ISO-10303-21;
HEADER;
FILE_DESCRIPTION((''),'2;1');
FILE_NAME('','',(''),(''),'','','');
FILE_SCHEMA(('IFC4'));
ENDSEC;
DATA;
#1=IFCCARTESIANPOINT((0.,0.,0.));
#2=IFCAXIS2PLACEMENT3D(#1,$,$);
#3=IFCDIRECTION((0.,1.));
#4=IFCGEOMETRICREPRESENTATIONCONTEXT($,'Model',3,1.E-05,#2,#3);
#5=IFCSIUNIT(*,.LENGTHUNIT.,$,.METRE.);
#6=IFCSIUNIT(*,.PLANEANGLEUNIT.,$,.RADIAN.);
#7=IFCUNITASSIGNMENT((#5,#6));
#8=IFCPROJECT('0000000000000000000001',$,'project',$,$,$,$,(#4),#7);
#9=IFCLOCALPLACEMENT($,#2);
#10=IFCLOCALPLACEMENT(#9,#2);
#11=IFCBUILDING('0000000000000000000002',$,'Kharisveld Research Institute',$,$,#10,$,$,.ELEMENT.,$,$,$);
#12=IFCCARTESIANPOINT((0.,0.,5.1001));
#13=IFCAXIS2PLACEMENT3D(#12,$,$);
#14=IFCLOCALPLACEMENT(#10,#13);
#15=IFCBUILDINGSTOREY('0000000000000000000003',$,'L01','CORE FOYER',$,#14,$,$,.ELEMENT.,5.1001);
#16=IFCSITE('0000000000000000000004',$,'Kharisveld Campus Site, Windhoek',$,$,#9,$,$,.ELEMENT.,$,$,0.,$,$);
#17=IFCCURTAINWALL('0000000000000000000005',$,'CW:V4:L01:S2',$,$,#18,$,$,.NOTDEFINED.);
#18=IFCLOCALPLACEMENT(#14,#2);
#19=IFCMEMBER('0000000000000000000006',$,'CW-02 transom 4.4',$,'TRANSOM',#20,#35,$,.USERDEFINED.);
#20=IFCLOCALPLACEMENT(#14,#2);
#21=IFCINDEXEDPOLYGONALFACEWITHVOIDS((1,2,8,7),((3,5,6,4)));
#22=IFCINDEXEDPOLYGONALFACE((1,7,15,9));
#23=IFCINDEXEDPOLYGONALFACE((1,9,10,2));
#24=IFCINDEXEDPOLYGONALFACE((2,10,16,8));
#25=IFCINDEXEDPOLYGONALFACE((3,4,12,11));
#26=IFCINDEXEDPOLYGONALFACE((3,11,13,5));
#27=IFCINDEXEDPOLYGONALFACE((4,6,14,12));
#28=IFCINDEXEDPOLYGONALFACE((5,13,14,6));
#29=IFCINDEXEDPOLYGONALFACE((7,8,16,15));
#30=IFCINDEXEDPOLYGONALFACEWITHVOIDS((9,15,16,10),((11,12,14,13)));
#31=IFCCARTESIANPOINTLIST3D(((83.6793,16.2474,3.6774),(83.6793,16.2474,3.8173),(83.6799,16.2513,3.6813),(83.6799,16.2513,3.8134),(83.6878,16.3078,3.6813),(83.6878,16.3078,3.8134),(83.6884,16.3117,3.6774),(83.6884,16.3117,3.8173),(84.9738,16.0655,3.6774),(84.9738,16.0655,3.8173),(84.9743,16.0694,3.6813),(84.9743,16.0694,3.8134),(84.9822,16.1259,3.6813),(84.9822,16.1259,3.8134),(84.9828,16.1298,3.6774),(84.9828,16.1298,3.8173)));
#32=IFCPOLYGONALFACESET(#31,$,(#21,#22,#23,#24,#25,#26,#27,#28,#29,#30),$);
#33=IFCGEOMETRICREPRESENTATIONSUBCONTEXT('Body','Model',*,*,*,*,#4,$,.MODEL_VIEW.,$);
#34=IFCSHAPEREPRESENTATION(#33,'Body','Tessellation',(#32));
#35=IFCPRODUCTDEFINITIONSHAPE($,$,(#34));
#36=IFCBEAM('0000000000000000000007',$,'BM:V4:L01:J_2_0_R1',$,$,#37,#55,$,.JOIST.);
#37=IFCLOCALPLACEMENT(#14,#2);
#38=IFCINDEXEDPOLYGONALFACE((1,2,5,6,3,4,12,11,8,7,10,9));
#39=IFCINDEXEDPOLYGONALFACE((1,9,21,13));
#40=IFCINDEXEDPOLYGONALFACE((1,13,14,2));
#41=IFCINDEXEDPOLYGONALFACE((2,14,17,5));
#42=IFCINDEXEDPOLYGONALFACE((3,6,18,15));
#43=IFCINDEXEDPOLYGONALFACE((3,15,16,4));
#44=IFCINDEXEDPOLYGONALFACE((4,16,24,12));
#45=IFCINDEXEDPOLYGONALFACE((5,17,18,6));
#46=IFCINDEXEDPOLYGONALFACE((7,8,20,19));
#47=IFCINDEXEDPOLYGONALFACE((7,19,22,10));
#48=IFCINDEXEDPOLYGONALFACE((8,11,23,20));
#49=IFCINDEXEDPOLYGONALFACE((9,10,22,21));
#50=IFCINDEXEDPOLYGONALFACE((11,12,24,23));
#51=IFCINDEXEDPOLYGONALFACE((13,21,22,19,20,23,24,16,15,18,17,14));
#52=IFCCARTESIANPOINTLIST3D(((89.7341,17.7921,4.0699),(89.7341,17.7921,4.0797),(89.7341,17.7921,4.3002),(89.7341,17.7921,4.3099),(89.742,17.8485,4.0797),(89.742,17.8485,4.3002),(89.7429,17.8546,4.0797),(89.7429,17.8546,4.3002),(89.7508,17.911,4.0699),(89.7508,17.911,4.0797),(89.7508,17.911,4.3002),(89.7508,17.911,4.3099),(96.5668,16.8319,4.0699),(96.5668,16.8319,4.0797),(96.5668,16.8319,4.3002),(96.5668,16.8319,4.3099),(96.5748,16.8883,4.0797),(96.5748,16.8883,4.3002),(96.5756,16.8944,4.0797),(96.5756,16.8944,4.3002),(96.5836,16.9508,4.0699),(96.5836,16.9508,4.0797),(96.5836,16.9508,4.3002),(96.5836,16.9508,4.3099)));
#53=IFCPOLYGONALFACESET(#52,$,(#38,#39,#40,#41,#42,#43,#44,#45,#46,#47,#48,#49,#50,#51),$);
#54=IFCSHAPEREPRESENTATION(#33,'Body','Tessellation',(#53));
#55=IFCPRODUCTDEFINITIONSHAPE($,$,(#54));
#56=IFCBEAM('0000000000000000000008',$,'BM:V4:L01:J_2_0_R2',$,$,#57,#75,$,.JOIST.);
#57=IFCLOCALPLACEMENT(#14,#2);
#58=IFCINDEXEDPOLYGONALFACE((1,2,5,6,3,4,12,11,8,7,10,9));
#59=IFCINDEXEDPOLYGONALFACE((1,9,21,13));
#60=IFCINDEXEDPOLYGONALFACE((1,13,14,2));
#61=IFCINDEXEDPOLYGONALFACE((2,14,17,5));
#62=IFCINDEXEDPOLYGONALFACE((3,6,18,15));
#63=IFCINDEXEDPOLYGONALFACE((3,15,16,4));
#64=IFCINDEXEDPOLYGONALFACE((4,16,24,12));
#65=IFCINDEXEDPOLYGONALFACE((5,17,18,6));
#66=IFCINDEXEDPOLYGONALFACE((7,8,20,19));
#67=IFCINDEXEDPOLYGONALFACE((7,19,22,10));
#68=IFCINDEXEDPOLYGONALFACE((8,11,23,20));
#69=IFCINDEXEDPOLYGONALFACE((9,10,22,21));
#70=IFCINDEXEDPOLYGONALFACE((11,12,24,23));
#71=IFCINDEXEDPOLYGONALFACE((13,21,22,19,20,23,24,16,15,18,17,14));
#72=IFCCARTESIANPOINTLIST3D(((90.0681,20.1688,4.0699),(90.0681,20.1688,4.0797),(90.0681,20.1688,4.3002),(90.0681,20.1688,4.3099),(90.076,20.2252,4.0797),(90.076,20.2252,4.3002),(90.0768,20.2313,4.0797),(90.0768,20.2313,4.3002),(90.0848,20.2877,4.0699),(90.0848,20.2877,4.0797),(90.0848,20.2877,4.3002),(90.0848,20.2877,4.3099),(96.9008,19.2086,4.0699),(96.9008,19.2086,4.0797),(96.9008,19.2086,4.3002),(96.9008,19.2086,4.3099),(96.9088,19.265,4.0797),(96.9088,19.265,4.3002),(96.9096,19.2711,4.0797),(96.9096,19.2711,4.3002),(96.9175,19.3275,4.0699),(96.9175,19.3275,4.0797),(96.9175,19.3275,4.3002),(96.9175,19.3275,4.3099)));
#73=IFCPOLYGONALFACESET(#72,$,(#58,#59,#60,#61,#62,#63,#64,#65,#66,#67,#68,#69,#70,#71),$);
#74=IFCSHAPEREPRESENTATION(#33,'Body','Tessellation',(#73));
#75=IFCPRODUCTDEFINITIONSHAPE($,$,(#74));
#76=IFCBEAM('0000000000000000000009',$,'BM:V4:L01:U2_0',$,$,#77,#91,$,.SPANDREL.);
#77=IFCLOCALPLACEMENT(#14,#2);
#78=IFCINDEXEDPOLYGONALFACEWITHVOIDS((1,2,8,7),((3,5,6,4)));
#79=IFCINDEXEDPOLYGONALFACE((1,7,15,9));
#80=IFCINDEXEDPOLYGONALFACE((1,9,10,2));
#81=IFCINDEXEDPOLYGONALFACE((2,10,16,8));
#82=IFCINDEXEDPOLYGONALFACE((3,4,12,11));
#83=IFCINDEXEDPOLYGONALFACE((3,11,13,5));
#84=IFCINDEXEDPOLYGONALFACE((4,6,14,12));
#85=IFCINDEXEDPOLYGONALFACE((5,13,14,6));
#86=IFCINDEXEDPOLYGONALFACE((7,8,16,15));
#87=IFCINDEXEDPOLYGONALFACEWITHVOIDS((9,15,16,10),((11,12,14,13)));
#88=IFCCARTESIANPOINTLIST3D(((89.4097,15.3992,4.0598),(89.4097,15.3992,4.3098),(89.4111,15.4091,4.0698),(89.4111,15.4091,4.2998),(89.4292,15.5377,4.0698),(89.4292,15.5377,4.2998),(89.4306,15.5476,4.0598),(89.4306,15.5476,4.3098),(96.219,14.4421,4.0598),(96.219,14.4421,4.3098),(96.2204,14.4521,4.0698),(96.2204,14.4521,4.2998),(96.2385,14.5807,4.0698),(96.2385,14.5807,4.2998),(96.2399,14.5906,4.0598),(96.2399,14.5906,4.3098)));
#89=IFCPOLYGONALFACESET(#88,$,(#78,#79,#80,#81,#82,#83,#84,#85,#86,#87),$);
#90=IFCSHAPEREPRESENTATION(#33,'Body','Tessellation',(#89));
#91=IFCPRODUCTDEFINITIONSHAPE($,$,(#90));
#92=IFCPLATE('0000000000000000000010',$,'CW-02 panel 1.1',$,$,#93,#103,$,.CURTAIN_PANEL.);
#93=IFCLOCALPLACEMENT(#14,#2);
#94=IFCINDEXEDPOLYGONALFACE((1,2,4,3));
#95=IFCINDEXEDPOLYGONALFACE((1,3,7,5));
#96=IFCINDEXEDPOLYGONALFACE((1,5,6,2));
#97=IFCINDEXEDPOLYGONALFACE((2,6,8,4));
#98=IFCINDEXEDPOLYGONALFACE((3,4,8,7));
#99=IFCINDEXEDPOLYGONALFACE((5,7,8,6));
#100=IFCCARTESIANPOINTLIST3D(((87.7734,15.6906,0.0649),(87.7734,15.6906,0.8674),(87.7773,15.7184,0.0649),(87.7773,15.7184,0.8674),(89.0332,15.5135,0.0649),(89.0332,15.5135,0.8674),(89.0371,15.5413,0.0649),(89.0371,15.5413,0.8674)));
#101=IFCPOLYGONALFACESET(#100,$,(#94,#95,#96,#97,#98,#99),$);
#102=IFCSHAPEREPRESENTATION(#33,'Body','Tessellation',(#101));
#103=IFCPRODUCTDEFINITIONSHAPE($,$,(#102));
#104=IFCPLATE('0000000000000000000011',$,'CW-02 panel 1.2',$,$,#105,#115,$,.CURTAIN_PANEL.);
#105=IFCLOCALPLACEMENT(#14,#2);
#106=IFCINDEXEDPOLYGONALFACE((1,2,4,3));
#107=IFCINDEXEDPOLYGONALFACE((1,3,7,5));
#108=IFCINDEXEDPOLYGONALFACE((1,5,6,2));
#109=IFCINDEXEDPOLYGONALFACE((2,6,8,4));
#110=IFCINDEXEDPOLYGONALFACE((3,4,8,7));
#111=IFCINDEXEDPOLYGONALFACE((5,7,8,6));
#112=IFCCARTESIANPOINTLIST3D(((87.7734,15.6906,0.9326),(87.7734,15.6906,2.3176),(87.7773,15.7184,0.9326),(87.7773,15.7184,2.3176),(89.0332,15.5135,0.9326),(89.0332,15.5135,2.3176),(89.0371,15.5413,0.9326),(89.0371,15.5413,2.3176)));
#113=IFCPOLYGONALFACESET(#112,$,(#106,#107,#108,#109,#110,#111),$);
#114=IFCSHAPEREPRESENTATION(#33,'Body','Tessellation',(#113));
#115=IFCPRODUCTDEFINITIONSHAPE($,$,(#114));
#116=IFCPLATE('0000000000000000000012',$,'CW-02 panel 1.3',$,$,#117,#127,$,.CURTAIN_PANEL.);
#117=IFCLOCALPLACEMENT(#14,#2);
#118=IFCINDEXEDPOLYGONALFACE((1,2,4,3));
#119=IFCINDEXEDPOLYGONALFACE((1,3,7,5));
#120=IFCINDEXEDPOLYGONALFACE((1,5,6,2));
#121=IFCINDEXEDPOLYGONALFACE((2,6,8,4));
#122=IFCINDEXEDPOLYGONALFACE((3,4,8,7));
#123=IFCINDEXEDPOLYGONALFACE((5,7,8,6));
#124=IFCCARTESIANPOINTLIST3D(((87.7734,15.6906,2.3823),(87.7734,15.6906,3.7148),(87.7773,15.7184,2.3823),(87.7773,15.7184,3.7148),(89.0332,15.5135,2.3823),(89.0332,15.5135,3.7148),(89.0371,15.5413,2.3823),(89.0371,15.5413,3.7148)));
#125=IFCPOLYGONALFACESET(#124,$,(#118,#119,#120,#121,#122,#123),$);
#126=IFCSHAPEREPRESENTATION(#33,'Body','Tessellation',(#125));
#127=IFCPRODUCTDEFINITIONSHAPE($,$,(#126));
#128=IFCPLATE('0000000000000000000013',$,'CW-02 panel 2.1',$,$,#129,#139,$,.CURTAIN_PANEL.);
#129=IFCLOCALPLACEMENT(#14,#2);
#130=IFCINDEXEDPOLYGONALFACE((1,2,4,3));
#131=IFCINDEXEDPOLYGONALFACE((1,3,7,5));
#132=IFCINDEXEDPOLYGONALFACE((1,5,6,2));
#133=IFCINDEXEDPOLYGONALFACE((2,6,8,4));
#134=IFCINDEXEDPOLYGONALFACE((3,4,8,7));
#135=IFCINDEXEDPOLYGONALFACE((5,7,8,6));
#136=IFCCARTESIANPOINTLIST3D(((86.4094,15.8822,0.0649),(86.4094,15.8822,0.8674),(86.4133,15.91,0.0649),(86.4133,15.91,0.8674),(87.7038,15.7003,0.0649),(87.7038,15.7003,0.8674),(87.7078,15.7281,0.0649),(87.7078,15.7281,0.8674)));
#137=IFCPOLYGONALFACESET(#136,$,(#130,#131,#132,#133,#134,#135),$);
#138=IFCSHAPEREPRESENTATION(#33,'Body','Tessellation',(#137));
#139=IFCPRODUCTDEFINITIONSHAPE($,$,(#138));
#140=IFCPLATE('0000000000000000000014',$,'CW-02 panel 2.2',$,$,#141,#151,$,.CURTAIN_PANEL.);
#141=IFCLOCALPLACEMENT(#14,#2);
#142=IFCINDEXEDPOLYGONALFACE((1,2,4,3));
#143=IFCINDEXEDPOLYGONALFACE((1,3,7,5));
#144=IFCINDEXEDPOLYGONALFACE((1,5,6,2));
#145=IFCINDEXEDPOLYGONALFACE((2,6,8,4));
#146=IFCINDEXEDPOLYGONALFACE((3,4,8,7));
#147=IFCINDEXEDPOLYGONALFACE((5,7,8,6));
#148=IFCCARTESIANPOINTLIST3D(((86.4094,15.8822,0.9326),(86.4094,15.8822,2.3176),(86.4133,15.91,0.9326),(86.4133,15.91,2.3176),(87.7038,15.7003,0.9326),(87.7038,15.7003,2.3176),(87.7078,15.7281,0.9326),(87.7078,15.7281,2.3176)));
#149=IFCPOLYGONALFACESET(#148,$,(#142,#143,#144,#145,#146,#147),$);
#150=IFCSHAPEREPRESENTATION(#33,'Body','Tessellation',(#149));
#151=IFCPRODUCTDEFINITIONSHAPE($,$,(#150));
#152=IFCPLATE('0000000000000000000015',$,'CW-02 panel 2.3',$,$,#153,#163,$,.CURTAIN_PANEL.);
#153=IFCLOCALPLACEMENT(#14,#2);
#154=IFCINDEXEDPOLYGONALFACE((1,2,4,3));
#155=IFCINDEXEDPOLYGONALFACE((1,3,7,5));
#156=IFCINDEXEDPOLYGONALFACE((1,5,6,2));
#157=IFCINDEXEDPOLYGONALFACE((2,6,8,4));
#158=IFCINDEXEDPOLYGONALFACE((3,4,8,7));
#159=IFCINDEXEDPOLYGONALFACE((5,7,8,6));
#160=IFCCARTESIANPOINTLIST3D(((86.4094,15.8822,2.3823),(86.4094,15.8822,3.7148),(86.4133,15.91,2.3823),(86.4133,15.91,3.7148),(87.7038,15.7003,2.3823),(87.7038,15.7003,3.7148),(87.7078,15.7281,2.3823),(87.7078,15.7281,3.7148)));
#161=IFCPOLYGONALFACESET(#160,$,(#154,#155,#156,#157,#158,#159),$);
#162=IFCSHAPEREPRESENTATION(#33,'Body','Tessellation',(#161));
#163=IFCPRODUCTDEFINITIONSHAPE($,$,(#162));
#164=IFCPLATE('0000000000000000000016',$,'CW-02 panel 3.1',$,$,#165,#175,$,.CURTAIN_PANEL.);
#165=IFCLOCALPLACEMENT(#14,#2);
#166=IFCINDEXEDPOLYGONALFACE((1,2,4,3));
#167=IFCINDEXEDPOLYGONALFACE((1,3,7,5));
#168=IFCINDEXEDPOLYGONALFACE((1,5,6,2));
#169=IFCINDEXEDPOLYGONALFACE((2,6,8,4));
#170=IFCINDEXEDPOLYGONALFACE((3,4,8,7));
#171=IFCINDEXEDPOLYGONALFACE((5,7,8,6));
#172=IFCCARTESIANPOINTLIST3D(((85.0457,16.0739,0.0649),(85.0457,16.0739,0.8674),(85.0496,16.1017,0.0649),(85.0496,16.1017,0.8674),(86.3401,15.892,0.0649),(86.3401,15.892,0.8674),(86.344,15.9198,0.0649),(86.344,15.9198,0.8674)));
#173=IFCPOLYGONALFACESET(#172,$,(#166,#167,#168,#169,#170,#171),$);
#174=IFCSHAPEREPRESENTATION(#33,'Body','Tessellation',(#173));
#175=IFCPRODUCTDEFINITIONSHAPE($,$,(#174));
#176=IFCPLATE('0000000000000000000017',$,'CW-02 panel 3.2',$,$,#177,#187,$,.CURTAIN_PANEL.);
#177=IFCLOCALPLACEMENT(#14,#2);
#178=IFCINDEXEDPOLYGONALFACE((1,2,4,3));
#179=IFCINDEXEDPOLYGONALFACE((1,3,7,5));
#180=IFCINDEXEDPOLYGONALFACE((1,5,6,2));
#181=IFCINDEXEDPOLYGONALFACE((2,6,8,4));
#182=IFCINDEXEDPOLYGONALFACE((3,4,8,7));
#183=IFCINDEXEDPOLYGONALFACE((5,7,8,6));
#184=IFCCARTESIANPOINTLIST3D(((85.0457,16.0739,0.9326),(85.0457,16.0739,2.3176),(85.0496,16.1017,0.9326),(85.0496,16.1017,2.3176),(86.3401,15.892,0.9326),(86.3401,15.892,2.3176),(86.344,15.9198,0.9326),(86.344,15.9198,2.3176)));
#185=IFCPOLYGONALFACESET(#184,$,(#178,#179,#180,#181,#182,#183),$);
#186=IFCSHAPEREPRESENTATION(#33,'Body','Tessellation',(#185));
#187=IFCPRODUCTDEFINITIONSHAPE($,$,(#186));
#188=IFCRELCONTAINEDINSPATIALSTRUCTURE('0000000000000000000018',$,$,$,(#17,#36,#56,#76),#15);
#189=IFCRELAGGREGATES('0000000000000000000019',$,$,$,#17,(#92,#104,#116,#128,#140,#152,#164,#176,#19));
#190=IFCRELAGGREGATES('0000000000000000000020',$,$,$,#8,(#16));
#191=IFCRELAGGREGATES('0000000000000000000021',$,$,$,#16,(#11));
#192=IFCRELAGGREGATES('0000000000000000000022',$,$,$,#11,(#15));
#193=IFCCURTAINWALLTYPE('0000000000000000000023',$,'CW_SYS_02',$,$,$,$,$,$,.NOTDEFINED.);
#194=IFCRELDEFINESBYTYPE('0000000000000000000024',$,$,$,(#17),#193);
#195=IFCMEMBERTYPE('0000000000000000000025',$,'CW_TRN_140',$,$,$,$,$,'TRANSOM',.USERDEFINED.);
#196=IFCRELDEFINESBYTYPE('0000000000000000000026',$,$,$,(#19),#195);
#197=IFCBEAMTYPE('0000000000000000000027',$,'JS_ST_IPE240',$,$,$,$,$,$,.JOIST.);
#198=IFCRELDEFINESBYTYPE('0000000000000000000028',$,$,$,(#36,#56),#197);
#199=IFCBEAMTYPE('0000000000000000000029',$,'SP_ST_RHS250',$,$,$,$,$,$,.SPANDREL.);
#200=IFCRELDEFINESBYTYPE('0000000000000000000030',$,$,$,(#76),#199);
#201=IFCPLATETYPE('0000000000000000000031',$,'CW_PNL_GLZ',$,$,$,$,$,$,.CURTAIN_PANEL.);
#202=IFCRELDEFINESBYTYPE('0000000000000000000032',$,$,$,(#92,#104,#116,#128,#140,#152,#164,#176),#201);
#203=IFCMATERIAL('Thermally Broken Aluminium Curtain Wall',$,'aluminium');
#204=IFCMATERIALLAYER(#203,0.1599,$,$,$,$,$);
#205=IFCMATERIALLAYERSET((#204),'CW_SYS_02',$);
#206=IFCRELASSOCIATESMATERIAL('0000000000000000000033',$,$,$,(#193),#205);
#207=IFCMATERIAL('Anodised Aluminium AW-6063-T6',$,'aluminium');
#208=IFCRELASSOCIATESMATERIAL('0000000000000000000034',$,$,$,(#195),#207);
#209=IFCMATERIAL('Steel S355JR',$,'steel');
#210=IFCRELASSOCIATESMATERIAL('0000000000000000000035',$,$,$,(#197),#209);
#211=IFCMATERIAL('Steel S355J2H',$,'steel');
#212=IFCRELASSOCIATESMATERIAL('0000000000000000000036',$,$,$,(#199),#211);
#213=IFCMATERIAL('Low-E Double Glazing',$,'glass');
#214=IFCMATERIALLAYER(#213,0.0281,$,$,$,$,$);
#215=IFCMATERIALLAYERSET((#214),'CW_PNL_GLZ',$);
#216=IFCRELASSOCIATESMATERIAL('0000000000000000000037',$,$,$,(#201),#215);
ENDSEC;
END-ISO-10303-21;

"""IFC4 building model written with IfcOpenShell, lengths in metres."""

from ifc_helpers import new_model, si_unit, direction, frame, origin, origin_2d, place, context, subcontext, project, spatial, rectangle, hollow_rectangle, i_section, extrude, material, layer, layer_set, material_profile, profile_set, type_object, element, aggregate, save


model = new_model("IFC4")

# Units and contexts
model_context = context("Model", 3, precision=1e-05, world=origin(), true_north=direction((0.0, 1.0)))
body_context = subcontext(model_context, "Body", "Model", "MODEL_VIEW")
ifc_project = project(units=[si_unit("LENGTHUNIT", "METRE"), si_unit("PLANEANGLEUNIT", "RADIAN")], contexts=[model_context])

# Site, building, storey
site_placement = place(None, origin())
site = spatial("IfcSite", under=ifc_project, at=site_placement, Name="Kharisveld Campus Site, Windhoek", CompositionType="ELEMENT", RefElevation=0.0)
building_placement = place(site_placement, origin())
building = spatial("IfcBuilding", under=site, at=building_placement, Name="Kharisveld Research Institute", CompositionType="ELEMENT")
storey_placement = place(building_placement, frame((0.0, 0.0, 5.1001)))
storey = spatial("IfcBuildingStorey", under=building, at=storey_placement, Name="L01", Description="CORE FOYER", CompositionType="ELEMENT", Elevation=5.1001)

# Curtain wall, member
ifc_material_1 = material(Name="Thermally Broken Aluminium Curtain Wall", Category="aluminium")
ifc_layer_1 = layer(ifc_material_1, 0.1599)
ifc_layer_set_1 = layer_set([ifc_layer_1], Name="CW_SYS_02")
curtain_wall_type_1 = type_object("IfcCurtainWallType", Name="CW_SYS_02", PredefinedType="NOTDEFINED", material=ifc_layer_set_1)
curtain_wall_1_placement = place(storey_placement, origin())
curtain_wall_1 = element("IfcCurtainWall", 1, at=curtain_wall_1_placement, inside=storey, type_object=curtain_wall_type_1, Name="CW:V4:L01:S2", PredefinedType="NOTDEFINED")
ifc_material_2 = material(Name="Anodised Aluminium AW-6063-T6", Category="aluminium")
ifc_material_profile_1 = material_profile(ifc_material_2, hollow_rectangle(XDim=0.0649, YDim=0.1399, WallThickness=0.0039, at=origin_2d()))
ifc_profile_set_1 = profile_set([ifc_material_profile_1], Name="Anodised Aluminium AW-6063-T6")
member_type_1 = type_object("IfcMemberType", Name="CW_TRN_140", ElementType="TRANSOM", PredefinedType="USERDEFINED", material=ifc_profile_set_1)
member_1_placement = place(storey_placement, frame((84.9783, 16.0977, 3.7473), z_axis=(-0.990272, 0.139146, 0.0), x_axis=(-0.139146, -0.990272, 0.0)))
member_1 = element("IfcMember", 2, at=member_1_placement, type_object=member_type_1, Name="CW-02 transom 4.4", ObjectType="TRANSOM", PredefinedType="USERDEFINED", context=body_context, shape_type="SweptSolid", body=[
    extrude(hollow_rectangle(XDim=0.0649, YDim=0.1399, WallThickness=0.0039, at=origin_2d()), origin(), (0.0, 0.0, 1.0), 1.3071),
])

# Beams
ifc_material_3 = material(Name="Steel S355JR", Category="steel")
ifc_material_profile_2 = material_profile(ifc_material_3, i_section(OverallWidth=0.1201, OverallDepth=0.24, WebThickness=0.0061, FlangeThickness=0.0098, at=origin_2d()))
ifc_profile_set_2 = profile_set([ifc_material_profile_2], Name="Steel S355JR")
beam_type_1 = type_object("IfcBeamType", Name="JS_ST_IPE240", PredefinedType="JOIST", material=ifc_profile_set_2)
for number, where, z_axis, x_axis, name in (
    (3, (89.7424, 17.8516, 4.1899), (0.99027, -0.139162, 0.0), (0.139162, 0.99027, 0.0), "BM:V4:L01:J_2_0_R1"),
    (4, (90.0764, 20.2283, 4.1899), (0.99027, -0.139162, 0.0), (0.139162, 0.99027, 0.0), "BM:V4:L01:J_2_0_R2"),
):
    element("IfcBeam", number, at=place(storey_placement, frame(where, z_axis=z_axis, x_axis=x_axis)), inside=storey, type_object=beam_type_1, Name=name, PredefinedType="JOIST", context=body_context, shape_type="SweptSolid", body=[
        extrude(i_section(OverallWidth=0.1201, OverallDepth=0.24, WebThickness=0.0061, FlangeThickness=0.0098, at=origin_2d()), origin(), (0.0, 0.0, 1.0), 6.8999),
    ])
ifc_material_4 = material(Name="Steel S355J2H", Category="steel")
ifc_material_profile_3 = material_profile(ifc_material_4, hollow_rectangle(XDim=0.1499, YDim=0.25, WallThickness=0.01, at=origin_2d()))
ifc_profile_set_3 = profile_set([ifc_material_profile_3], Name="Steel S355J2H")
beam_type_2 = type_object("IfcBeamType", Name="SP_ST_RHS250", PredefinedType="SPANDREL", material=ifc_profile_set_3)
beam_1_placement = place(storey_placement, frame((89.4202, 15.4734, 4.1848), z_axis=(0.990267, -0.139179, 0.0), x_axis=(0.139179, 0.990267, 0.0)))
element("IfcBeam", 5, at=beam_1_placement, inside=storey, type_object=beam_type_2, Name="BM:V4:L01:U2_0", PredefinedType="SPANDREL", context=body_context, shape_type="SweptSolid", body=[
    extrude(hollow_rectangle(XDim=0.1499, YDim=0.25, WallThickness=0.01, at=origin_2d()), origin(), (0.0, 0.0, 1.0), 6.8762),
])

# Plates
ifc_material_5 = material(Name="Low-E Double Glazing", Category="glass")
ifc_layer_2 = layer(ifc_material_5, 0.0281)
ifc_layer_set_2 = layer_set([ifc_layer_2], Name="CW_PNL_GLZ")
plate_type_1 = type_object("IfcPlateType", Name="CW_PNL_GLZ", PredefinedType="CURTAIN_PANEL", material=ifc_layer_set_2)
plate_1_placement = place(storey_placement, frame((88.4053, 15.616, 0.0649), z_axis=(0.0, 0.0, 1.0), x_axis=(-0.990268, 0.139173, 0.0)))
plate_1 = element("IfcPlate", 6, at=plate_1_placement, type_object=plate_type_1, Name="CW-02 panel 1.1", PredefinedType="CURTAIN_PANEL", context=body_context, shape_type="SweptSolid", body=[
    extrude(rectangle(XDim=1.2722, YDim=0.0281, at=origin_2d()), origin(), (0.0, 0.0, 1.0), 0.8025),
])
plate_2_placement = place(storey_placement, frame((88.4053, 15.616, 0.9326), z_axis=(0.0, 0.0, 1.0), x_axis=(-0.990268, 0.139173, 0.0)))
plate_2 = element("IfcPlate", 7, at=plate_2_placement, type_object=plate_type_1, Name="CW-02 panel 1.2", PredefinedType="CURTAIN_PANEL", context=body_context, shape_type="SweptSolid", body=[
    extrude(rectangle(XDim=1.2722, YDim=0.0281, at=origin_2d()), origin(), (0.0, 0.0, 1.0), 1.385),
])
plate_3_placement = place(storey_placement, frame((88.4053, 15.616, 2.3823), z_axis=(0.0, 0.0, 1.0), x_axis=(-0.990268, 0.139173, 0.0)))
plate_3 = element("IfcPlate", 8, at=plate_3_placement, type_object=plate_type_1, Name="CW-02 panel 1.3", PredefinedType="CURTAIN_PANEL", context=body_context, shape_type="SweptSolid", body=[
    extrude(rectangle(XDim=1.2722, YDim=0.0281, at=origin_2d()), origin(), (0.0, 0.0, 1.0), 1.3325),
])
plate_4_placement = place(storey_placement, frame((87.0586, 15.8052, 0.0649), z_axis=(0.0, 0.0, 1.0), x_axis=(-0.990268, 0.139173, 0.0)))
plate_4 = element("IfcPlate", 9, at=plate_4_placement, type_object=plate_type_1, Name="CW-02 panel 2.1", PredefinedType="CURTAIN_PANEL", context=body_context, shape_type="SweptSolid", body=[
    extrude(rectangle(XDim=1.3071, YDim=0.0281, at=origin_2d()), origin(), (0.0, 0.0, 1.0), 0.8025),
])
plate_5_placement = place(storey_placement, frame((87.0586, 15.8052, 0.9326), z_axis=(0.0, 0.0, 1.0), x_axis=(-0.990268, 0.139173, 0.0)))
plate_5 = element("IfcPlate", 10, at=plate_5_placement, type_object=plate_type_1, Name="CW-02 panel 2.2", PredefinedType="CURTAIN_PANEL", context=body_context, shape_type="SweptSolid", body=[
    extrude(rectangle(XDim=1.3071, YDim=0.0281, at=origin_2d()), origin(), (0.0, 0.0, 1.0), 1.385),
])
plate_6_placement = place(storey_placement, frame((87.0586, 15.8052, 2.3823), z_axis=(0.0, 0.0, 1.0), x_axis=(-0.990268, 0.139173, 0.0)))
plate_6 = element("IfcPlate", 11, at=plate_6_placement, type_object=plate_type_1, Name="CW-02 panel 2.3", PredefinedType="CURTAIN_PANEL", context=body_context, shape_type="SweptSolid", body=[
    extrude(rectangle(XDim=1.3071, YDim=0.0281, at=origin_2d()), origin(), (0.0, 0.0, 1.0), 1.3325),
])
plate_7_placement = place(storey_placement, frame((85.6948, 15.9968, 0.0649), z_axis=(0.0, 0.0, 1.0), x_axis=(-0.990268, 0.139173, 0.0)))
plate_7 = element("IfcPlate", 12, at=plate_7_placement, type_object=plate_type_1, Name="CW-02 panel 3.1", PredefinedType="CURTAIN_PANEL", context=body_context, shape_type="SweptSolid", body=[
    extrude(rectangle(XDim=1.3071, YDim=0.0281, at=origin_2d()), origin(), (0.0, 0.0, 1.0), 0.8025),
])
plate_8_placement = place(storey_placement, frame((85.6948, 15.9968, 0.9326), z_axis=(0.0, 0.0, 1.0), x_axis=(-0.990268, 0.139173, 0.0)))
plate_8 = element("IfcPlate", 13, at=plate_8_placement, type_object=plate_type_1, Name="CW-02 panel 3.2", PredefinedType="CURTAIN_PANEL", context=body_context, shape_type="SweptSolid", body=[
    extrude(rectangle(XDim=1.3071, YDim=0.0281, at=origin_2d()), origin(), (0.0, 0.0, 1.0), 1.385),
])
aggregate(curtain_wall_1, [plate_1, plate_2, plate_3, plate_4, plate_5, plate_6, plate_7, plate_8, member_1])

save(model, "model.ifc")
